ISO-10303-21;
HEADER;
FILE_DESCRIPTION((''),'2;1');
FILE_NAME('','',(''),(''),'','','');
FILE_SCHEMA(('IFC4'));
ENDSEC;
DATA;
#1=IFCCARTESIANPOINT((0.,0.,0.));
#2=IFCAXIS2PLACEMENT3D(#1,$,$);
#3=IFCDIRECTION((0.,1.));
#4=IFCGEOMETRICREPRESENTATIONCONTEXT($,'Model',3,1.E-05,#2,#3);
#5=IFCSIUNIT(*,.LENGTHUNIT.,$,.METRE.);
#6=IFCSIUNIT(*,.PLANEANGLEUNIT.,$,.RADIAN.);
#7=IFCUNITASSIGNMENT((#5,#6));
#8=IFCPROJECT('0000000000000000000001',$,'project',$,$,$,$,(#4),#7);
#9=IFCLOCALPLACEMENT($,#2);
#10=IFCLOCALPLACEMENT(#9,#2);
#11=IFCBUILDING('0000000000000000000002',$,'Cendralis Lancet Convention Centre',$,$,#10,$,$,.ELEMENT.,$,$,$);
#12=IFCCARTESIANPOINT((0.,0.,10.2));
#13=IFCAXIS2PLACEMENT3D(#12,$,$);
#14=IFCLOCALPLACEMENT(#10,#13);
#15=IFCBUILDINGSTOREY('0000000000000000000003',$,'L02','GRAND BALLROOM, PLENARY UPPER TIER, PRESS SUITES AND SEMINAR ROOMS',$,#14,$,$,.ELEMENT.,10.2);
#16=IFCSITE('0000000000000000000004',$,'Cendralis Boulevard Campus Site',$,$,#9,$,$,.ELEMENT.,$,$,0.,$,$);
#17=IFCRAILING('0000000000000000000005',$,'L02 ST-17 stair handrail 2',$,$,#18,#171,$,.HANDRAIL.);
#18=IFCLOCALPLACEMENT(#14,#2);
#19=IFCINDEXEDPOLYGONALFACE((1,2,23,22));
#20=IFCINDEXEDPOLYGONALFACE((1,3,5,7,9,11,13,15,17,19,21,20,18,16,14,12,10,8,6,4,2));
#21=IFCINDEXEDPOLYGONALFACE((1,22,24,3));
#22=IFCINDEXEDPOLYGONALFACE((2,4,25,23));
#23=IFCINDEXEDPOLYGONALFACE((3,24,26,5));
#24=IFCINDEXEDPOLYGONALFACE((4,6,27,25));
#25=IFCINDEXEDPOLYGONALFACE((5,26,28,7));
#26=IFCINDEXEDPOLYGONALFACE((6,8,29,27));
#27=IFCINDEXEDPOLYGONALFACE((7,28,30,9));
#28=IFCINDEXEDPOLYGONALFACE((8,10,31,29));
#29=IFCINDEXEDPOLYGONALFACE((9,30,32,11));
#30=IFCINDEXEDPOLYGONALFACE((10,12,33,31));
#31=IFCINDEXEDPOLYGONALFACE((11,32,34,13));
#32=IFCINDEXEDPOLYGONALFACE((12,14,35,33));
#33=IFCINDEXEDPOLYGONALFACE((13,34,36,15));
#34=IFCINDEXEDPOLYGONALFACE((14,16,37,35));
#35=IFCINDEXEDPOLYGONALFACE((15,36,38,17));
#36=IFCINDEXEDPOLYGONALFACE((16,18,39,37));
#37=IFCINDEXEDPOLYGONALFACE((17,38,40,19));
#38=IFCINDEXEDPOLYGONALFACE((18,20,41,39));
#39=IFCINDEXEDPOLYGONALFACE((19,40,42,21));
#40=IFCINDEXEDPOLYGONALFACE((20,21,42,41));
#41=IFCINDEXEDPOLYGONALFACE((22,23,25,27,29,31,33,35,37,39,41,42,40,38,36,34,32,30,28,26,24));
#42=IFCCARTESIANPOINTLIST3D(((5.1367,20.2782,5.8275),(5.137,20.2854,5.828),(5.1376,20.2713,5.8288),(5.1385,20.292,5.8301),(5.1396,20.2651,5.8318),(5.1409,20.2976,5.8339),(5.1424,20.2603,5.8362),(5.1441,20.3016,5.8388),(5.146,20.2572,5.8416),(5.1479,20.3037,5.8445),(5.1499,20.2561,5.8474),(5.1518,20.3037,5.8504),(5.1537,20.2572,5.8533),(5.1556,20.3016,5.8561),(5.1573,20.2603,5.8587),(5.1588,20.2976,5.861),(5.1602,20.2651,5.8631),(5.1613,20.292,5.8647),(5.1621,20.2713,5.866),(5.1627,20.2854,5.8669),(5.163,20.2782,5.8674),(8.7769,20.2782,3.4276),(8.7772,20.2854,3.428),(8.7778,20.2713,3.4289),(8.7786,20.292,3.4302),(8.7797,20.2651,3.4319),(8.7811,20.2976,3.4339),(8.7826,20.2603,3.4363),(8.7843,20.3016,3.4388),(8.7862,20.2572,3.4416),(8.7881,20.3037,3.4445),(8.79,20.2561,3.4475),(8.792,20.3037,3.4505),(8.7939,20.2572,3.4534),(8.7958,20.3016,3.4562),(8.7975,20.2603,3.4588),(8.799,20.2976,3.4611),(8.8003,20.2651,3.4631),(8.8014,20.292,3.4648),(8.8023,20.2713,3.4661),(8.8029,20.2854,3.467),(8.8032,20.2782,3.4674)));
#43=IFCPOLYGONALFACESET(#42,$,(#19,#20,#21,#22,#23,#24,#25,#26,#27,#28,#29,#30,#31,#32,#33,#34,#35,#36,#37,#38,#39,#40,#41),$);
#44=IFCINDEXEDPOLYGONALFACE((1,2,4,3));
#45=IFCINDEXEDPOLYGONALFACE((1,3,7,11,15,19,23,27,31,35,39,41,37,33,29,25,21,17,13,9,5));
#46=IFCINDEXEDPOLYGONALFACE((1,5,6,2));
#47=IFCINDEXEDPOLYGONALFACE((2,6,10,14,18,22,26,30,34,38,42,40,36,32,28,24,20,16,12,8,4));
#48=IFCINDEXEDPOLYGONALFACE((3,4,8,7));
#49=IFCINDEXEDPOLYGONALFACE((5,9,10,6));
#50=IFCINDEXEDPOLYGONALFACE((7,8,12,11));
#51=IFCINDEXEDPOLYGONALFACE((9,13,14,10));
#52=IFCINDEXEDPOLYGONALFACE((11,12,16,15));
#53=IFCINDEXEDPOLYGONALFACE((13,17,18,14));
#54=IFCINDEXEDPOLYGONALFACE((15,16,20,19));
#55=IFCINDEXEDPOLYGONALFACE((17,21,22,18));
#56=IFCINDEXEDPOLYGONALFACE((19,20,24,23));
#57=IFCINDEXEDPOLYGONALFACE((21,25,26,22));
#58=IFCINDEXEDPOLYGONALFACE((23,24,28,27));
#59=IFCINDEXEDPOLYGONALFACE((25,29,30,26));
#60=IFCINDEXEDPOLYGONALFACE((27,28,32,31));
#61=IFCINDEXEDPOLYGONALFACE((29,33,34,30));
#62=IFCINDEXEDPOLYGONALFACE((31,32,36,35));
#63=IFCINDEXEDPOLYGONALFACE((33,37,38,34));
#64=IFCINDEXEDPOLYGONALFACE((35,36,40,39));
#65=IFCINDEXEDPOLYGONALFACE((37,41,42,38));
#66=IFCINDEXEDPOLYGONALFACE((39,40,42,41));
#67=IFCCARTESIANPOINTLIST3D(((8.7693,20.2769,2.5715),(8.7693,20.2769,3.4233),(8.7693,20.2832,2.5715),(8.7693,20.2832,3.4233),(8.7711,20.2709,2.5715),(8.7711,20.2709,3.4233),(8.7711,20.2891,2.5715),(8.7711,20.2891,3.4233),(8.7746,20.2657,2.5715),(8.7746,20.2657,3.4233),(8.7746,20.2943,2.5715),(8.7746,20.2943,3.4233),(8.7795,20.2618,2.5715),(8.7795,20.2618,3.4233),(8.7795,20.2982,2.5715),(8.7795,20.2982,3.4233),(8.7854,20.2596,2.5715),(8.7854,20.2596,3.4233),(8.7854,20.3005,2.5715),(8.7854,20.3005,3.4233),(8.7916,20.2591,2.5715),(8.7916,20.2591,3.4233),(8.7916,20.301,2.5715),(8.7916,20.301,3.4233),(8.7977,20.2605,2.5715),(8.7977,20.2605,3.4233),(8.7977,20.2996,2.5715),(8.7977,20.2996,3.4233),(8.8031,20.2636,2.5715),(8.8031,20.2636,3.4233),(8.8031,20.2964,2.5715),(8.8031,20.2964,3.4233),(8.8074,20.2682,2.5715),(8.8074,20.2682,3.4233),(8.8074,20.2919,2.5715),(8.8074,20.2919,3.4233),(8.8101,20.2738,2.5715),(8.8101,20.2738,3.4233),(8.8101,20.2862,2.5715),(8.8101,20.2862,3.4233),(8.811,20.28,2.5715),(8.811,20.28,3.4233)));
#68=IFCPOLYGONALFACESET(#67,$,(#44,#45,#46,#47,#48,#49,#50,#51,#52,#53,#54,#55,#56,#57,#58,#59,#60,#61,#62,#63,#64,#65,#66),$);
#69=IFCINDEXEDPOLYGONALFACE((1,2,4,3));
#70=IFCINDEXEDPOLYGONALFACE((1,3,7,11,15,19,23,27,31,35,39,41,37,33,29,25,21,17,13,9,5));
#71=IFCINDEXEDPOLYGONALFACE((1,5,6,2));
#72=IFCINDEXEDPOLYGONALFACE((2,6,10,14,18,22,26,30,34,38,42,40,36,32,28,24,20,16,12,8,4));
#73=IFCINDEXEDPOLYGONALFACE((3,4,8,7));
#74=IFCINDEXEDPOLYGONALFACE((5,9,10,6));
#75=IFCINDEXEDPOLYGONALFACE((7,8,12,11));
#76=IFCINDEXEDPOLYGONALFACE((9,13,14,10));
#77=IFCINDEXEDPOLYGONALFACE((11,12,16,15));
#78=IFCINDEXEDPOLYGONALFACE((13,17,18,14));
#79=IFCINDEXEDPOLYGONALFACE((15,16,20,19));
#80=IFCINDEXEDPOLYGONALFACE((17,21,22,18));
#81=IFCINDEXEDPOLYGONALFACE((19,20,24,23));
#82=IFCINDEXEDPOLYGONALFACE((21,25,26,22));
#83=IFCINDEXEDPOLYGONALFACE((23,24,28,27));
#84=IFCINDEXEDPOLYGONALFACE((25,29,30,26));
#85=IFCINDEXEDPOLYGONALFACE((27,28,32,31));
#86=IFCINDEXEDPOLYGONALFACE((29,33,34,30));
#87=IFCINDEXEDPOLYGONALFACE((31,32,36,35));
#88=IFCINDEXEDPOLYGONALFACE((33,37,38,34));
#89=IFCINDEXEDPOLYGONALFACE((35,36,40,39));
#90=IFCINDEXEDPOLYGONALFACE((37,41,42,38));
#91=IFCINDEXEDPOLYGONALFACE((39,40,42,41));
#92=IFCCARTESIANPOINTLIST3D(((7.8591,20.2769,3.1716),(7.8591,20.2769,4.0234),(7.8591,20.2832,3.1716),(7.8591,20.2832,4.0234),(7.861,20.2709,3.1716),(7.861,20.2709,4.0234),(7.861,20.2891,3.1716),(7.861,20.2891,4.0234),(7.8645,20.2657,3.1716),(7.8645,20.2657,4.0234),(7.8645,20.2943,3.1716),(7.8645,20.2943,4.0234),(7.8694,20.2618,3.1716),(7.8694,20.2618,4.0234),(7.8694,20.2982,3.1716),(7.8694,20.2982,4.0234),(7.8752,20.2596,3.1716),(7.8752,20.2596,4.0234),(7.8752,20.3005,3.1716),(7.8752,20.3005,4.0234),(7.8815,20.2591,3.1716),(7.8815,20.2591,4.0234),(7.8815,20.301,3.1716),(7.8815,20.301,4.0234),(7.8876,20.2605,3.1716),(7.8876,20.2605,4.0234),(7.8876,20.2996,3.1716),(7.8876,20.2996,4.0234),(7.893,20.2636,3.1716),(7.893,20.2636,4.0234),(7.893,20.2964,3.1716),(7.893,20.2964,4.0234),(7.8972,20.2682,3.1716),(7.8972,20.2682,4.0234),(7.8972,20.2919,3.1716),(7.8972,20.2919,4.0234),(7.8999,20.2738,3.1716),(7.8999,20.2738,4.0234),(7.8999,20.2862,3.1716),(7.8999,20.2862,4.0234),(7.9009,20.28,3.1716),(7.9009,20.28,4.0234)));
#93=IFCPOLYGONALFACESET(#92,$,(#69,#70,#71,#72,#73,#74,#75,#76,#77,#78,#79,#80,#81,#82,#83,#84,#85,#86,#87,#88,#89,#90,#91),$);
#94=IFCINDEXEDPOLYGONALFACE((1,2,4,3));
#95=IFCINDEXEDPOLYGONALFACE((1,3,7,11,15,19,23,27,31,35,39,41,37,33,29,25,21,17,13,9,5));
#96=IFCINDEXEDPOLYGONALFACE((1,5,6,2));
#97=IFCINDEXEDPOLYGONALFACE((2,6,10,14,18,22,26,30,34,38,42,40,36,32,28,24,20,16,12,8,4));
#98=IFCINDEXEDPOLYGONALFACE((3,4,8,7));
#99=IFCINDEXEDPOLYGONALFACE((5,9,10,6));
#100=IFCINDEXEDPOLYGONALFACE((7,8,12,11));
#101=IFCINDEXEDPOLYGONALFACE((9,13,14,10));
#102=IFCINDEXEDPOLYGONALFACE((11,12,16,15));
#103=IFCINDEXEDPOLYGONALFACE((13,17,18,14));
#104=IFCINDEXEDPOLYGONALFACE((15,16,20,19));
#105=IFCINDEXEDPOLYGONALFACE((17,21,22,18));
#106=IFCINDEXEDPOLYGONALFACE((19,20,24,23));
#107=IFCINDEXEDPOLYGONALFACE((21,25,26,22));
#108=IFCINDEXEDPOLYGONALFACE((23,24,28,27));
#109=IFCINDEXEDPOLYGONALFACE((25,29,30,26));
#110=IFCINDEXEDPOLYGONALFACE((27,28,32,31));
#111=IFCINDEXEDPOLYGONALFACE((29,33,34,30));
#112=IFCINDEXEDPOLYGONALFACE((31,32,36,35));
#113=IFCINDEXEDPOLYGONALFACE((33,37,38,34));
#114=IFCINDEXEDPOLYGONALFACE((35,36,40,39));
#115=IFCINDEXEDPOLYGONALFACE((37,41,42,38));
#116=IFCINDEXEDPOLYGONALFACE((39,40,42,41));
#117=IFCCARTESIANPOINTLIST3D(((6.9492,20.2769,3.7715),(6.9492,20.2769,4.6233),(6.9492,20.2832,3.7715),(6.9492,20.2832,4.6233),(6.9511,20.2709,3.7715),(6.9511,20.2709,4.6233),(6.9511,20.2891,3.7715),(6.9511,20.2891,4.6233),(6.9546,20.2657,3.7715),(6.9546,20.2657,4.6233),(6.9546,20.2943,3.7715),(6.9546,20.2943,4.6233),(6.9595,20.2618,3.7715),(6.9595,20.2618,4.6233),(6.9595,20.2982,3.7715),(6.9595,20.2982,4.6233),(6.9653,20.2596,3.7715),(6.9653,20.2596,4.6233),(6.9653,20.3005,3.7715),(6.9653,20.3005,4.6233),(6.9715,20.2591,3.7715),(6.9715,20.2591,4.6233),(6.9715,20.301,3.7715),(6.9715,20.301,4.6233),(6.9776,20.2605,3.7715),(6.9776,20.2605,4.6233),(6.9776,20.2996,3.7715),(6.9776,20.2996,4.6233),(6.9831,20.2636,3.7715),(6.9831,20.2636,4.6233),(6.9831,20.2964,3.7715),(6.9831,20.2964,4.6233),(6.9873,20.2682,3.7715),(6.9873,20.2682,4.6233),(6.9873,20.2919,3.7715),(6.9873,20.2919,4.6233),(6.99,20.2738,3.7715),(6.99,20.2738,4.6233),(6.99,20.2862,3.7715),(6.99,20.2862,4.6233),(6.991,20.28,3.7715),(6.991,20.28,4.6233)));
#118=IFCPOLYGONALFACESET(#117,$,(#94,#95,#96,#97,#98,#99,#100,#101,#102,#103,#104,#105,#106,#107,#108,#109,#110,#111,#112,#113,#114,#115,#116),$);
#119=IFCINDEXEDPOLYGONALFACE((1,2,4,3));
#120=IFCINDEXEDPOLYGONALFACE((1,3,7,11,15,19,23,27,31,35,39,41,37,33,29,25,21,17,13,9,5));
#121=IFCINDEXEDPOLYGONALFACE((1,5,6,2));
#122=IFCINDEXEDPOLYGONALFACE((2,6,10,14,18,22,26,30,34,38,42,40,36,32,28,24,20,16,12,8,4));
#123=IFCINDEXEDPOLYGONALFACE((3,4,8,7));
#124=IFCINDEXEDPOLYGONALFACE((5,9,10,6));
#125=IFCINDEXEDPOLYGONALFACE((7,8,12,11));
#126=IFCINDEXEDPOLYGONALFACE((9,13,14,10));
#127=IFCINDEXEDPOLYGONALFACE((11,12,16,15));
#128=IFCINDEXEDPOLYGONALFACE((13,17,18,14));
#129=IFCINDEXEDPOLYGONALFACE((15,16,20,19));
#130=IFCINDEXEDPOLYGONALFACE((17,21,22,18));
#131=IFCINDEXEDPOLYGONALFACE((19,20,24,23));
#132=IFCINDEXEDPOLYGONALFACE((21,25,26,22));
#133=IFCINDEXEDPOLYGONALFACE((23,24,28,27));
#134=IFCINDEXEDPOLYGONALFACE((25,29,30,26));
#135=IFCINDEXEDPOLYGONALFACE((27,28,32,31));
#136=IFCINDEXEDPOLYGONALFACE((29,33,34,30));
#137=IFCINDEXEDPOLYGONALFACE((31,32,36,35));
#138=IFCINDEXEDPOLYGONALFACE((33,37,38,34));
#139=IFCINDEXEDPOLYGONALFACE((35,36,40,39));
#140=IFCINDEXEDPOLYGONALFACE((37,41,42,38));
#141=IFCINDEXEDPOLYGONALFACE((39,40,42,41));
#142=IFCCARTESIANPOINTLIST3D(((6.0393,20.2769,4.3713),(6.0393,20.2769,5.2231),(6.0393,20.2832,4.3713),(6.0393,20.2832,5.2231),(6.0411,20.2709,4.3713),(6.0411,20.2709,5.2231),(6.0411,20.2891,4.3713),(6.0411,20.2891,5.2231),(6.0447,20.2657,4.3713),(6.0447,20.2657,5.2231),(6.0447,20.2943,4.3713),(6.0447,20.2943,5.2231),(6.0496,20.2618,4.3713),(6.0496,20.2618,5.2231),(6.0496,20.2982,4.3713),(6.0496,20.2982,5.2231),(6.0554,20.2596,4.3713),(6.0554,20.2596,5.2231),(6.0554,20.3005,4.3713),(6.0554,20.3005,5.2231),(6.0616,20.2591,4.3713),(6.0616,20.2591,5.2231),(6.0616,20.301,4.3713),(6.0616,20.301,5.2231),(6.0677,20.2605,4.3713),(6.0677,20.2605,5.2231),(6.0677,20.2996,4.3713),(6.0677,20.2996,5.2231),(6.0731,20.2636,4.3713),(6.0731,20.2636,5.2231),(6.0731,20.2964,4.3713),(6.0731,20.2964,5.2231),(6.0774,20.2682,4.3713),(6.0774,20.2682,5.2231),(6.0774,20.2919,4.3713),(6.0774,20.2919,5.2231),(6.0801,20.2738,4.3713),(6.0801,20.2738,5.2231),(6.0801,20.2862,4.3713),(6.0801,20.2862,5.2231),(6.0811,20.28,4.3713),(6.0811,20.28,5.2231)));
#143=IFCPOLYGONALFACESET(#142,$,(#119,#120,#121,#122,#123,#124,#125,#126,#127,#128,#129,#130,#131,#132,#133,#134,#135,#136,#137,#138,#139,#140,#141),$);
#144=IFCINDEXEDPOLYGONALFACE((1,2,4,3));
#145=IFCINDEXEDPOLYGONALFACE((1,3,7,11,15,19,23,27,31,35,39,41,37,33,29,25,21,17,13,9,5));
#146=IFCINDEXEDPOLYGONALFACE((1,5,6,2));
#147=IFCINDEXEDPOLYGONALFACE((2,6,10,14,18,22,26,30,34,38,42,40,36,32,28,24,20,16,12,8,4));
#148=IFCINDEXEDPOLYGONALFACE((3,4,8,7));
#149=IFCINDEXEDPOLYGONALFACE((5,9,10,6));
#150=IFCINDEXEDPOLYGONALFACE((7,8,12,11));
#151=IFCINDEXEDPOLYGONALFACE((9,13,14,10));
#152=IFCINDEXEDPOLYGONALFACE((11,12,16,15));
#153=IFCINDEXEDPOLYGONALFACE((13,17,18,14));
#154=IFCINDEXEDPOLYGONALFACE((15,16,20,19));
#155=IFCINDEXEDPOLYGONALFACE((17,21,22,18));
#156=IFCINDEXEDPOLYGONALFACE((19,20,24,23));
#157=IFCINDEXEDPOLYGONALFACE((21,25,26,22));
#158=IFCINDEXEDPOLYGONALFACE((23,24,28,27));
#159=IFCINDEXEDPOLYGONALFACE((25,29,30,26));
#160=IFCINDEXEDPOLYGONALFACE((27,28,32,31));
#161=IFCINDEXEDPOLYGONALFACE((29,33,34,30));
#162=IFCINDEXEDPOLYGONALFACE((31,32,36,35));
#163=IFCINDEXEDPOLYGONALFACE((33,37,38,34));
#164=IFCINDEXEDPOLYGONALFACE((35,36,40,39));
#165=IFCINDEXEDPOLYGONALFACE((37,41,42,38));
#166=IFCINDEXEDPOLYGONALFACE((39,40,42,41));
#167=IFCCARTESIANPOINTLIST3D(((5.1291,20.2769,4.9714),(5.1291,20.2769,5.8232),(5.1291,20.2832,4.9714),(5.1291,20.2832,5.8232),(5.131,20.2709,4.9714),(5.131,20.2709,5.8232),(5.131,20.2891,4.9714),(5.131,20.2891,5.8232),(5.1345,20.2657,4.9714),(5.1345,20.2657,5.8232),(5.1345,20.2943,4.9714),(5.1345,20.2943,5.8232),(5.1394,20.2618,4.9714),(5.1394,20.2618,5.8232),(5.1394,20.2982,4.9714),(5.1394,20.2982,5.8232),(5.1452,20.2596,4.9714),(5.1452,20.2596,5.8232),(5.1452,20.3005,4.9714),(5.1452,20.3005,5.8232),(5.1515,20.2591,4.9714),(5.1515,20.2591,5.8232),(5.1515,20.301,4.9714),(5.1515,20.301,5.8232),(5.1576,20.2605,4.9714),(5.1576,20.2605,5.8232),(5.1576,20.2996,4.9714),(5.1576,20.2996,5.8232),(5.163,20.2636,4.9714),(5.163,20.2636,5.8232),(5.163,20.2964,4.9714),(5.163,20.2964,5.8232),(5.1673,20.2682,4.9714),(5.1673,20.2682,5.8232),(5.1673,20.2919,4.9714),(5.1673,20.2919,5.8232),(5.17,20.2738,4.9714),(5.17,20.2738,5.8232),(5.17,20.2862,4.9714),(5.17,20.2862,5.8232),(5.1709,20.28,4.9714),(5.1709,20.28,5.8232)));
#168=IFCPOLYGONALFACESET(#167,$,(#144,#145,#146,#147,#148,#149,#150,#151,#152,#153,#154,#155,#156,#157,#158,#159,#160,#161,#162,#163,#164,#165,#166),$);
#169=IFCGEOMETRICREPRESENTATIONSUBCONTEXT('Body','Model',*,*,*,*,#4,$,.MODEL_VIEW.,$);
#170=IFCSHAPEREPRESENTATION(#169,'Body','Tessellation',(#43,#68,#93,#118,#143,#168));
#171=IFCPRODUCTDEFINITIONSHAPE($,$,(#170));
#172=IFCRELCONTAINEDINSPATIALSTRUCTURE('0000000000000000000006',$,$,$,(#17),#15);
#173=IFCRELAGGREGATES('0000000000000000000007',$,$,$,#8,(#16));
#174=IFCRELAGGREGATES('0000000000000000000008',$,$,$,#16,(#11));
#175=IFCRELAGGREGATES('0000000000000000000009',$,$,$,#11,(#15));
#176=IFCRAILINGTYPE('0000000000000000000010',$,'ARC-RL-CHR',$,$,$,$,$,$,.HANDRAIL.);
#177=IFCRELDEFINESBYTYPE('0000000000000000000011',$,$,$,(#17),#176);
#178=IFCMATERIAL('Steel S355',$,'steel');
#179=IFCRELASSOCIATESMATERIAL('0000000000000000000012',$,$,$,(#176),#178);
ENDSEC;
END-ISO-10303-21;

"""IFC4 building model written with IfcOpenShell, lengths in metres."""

from ifc_helpers import new_model, si_unit, direction, frame, origin, origin_2d, place, context, subcontext, project, spatial, circle, extrude, material, type_object, element, save


model = new_model("IFC4")

# Units and contexts
model_context = context("Model", 3, precision=1e-05, world=origin(), true_north=direction((0.0, 1.0)))
body_context = subcontext(model_context, "Body", "Model", "MODEL_VIEW")
ifc_project = project(units=[si_unit("LENGTHUNIT", "METRE"), si_unit("PLANEANGLEUNIT", "RADIAN")], contexts=[model_context])

# Site, building, storey
site_placement = place(None, origin())
site = spatial("IfcSite", under=ifc_project, at=site_placement, Name="Cendralis Boulevard Campus Site", CompositionType="ELEMENT", RefElevation=0.0)
building_placement = place(site_placement, origin())
building = spatial("IfcBuilding", under=site, at=building_placement, Name="Cendralis Lancet Convention Centre", CompositionType="ELEMENT")
storey_placement = place(building_placement, frame((0.0, 0.0, 10.2)))
storey = spatial("IfcBuildingStorey", under=building, at=storey_placement, Name="L02", Description="GRAND BALLROOM, PLENARY UPPER TIER, PRESS SUITES AND SEMINAR ROOMS", CompositionType="ELEMENT", Elevation=10.2)

# Shared definitions
ifc_material_1 = material(Name="Steel S355", Category="steel")

# Railing
railing_type_1 = type_object("IfcRailingType", Name="ARC-RL-CHR", PredefinedType="HANDRAIL", material=ifc_material_1)
railing_1_placement = place(storey_placement, frame((8.79, 20.28, 2.5715)))
element("IfcRailing", 1, at=railing_1_placement, inside=storey, type_object=railing_type_1, Name="L02 ST-17 stair handrail 2", PredefinedType="HANDRAIL", context=body_context, shape_type="SweptSolid", body=[
    extrude(circle(Radius=0.0239, at=origin_2d()), frame((0.0, 0.0, 0.876), z_axis=(-0.834882, 0.0, 0.550429), x_axis=(0.0, -1.0, 0.0)), (0.0, 0.0, 1.0), 4.3601),
    extrude(circle(Radius=0.021, at=origin_2d()), origin(), (0.0, 0.0, 1.0), 0.8518),
    extrude(circle(Radius=0.021, at=origin_2d()), frame((-0.9102, 0.0, 0.6001)), (0.0, 0.0, 1.0), 0.8518),
    extrude(circle(Radius=0.021, at=origin_2d()), frame((-1.8201, 0.0, 1.2)), (0.0, 0.0, 1.0), 0.8518),
    extrude(circle(Radius=0.021, at=origin_2d()), frame((-2.73, 0.0, 1.7998)), (0.0, 0.0, 1.0), 0.8518),
    extrude(circle(Radius=0.021, at=origin_2d()), frame((-3.6401, 0.0, 2.3999)), (0.0, 0.0, 1.0), 0.8518),
])

save(model, "model.ifc")
